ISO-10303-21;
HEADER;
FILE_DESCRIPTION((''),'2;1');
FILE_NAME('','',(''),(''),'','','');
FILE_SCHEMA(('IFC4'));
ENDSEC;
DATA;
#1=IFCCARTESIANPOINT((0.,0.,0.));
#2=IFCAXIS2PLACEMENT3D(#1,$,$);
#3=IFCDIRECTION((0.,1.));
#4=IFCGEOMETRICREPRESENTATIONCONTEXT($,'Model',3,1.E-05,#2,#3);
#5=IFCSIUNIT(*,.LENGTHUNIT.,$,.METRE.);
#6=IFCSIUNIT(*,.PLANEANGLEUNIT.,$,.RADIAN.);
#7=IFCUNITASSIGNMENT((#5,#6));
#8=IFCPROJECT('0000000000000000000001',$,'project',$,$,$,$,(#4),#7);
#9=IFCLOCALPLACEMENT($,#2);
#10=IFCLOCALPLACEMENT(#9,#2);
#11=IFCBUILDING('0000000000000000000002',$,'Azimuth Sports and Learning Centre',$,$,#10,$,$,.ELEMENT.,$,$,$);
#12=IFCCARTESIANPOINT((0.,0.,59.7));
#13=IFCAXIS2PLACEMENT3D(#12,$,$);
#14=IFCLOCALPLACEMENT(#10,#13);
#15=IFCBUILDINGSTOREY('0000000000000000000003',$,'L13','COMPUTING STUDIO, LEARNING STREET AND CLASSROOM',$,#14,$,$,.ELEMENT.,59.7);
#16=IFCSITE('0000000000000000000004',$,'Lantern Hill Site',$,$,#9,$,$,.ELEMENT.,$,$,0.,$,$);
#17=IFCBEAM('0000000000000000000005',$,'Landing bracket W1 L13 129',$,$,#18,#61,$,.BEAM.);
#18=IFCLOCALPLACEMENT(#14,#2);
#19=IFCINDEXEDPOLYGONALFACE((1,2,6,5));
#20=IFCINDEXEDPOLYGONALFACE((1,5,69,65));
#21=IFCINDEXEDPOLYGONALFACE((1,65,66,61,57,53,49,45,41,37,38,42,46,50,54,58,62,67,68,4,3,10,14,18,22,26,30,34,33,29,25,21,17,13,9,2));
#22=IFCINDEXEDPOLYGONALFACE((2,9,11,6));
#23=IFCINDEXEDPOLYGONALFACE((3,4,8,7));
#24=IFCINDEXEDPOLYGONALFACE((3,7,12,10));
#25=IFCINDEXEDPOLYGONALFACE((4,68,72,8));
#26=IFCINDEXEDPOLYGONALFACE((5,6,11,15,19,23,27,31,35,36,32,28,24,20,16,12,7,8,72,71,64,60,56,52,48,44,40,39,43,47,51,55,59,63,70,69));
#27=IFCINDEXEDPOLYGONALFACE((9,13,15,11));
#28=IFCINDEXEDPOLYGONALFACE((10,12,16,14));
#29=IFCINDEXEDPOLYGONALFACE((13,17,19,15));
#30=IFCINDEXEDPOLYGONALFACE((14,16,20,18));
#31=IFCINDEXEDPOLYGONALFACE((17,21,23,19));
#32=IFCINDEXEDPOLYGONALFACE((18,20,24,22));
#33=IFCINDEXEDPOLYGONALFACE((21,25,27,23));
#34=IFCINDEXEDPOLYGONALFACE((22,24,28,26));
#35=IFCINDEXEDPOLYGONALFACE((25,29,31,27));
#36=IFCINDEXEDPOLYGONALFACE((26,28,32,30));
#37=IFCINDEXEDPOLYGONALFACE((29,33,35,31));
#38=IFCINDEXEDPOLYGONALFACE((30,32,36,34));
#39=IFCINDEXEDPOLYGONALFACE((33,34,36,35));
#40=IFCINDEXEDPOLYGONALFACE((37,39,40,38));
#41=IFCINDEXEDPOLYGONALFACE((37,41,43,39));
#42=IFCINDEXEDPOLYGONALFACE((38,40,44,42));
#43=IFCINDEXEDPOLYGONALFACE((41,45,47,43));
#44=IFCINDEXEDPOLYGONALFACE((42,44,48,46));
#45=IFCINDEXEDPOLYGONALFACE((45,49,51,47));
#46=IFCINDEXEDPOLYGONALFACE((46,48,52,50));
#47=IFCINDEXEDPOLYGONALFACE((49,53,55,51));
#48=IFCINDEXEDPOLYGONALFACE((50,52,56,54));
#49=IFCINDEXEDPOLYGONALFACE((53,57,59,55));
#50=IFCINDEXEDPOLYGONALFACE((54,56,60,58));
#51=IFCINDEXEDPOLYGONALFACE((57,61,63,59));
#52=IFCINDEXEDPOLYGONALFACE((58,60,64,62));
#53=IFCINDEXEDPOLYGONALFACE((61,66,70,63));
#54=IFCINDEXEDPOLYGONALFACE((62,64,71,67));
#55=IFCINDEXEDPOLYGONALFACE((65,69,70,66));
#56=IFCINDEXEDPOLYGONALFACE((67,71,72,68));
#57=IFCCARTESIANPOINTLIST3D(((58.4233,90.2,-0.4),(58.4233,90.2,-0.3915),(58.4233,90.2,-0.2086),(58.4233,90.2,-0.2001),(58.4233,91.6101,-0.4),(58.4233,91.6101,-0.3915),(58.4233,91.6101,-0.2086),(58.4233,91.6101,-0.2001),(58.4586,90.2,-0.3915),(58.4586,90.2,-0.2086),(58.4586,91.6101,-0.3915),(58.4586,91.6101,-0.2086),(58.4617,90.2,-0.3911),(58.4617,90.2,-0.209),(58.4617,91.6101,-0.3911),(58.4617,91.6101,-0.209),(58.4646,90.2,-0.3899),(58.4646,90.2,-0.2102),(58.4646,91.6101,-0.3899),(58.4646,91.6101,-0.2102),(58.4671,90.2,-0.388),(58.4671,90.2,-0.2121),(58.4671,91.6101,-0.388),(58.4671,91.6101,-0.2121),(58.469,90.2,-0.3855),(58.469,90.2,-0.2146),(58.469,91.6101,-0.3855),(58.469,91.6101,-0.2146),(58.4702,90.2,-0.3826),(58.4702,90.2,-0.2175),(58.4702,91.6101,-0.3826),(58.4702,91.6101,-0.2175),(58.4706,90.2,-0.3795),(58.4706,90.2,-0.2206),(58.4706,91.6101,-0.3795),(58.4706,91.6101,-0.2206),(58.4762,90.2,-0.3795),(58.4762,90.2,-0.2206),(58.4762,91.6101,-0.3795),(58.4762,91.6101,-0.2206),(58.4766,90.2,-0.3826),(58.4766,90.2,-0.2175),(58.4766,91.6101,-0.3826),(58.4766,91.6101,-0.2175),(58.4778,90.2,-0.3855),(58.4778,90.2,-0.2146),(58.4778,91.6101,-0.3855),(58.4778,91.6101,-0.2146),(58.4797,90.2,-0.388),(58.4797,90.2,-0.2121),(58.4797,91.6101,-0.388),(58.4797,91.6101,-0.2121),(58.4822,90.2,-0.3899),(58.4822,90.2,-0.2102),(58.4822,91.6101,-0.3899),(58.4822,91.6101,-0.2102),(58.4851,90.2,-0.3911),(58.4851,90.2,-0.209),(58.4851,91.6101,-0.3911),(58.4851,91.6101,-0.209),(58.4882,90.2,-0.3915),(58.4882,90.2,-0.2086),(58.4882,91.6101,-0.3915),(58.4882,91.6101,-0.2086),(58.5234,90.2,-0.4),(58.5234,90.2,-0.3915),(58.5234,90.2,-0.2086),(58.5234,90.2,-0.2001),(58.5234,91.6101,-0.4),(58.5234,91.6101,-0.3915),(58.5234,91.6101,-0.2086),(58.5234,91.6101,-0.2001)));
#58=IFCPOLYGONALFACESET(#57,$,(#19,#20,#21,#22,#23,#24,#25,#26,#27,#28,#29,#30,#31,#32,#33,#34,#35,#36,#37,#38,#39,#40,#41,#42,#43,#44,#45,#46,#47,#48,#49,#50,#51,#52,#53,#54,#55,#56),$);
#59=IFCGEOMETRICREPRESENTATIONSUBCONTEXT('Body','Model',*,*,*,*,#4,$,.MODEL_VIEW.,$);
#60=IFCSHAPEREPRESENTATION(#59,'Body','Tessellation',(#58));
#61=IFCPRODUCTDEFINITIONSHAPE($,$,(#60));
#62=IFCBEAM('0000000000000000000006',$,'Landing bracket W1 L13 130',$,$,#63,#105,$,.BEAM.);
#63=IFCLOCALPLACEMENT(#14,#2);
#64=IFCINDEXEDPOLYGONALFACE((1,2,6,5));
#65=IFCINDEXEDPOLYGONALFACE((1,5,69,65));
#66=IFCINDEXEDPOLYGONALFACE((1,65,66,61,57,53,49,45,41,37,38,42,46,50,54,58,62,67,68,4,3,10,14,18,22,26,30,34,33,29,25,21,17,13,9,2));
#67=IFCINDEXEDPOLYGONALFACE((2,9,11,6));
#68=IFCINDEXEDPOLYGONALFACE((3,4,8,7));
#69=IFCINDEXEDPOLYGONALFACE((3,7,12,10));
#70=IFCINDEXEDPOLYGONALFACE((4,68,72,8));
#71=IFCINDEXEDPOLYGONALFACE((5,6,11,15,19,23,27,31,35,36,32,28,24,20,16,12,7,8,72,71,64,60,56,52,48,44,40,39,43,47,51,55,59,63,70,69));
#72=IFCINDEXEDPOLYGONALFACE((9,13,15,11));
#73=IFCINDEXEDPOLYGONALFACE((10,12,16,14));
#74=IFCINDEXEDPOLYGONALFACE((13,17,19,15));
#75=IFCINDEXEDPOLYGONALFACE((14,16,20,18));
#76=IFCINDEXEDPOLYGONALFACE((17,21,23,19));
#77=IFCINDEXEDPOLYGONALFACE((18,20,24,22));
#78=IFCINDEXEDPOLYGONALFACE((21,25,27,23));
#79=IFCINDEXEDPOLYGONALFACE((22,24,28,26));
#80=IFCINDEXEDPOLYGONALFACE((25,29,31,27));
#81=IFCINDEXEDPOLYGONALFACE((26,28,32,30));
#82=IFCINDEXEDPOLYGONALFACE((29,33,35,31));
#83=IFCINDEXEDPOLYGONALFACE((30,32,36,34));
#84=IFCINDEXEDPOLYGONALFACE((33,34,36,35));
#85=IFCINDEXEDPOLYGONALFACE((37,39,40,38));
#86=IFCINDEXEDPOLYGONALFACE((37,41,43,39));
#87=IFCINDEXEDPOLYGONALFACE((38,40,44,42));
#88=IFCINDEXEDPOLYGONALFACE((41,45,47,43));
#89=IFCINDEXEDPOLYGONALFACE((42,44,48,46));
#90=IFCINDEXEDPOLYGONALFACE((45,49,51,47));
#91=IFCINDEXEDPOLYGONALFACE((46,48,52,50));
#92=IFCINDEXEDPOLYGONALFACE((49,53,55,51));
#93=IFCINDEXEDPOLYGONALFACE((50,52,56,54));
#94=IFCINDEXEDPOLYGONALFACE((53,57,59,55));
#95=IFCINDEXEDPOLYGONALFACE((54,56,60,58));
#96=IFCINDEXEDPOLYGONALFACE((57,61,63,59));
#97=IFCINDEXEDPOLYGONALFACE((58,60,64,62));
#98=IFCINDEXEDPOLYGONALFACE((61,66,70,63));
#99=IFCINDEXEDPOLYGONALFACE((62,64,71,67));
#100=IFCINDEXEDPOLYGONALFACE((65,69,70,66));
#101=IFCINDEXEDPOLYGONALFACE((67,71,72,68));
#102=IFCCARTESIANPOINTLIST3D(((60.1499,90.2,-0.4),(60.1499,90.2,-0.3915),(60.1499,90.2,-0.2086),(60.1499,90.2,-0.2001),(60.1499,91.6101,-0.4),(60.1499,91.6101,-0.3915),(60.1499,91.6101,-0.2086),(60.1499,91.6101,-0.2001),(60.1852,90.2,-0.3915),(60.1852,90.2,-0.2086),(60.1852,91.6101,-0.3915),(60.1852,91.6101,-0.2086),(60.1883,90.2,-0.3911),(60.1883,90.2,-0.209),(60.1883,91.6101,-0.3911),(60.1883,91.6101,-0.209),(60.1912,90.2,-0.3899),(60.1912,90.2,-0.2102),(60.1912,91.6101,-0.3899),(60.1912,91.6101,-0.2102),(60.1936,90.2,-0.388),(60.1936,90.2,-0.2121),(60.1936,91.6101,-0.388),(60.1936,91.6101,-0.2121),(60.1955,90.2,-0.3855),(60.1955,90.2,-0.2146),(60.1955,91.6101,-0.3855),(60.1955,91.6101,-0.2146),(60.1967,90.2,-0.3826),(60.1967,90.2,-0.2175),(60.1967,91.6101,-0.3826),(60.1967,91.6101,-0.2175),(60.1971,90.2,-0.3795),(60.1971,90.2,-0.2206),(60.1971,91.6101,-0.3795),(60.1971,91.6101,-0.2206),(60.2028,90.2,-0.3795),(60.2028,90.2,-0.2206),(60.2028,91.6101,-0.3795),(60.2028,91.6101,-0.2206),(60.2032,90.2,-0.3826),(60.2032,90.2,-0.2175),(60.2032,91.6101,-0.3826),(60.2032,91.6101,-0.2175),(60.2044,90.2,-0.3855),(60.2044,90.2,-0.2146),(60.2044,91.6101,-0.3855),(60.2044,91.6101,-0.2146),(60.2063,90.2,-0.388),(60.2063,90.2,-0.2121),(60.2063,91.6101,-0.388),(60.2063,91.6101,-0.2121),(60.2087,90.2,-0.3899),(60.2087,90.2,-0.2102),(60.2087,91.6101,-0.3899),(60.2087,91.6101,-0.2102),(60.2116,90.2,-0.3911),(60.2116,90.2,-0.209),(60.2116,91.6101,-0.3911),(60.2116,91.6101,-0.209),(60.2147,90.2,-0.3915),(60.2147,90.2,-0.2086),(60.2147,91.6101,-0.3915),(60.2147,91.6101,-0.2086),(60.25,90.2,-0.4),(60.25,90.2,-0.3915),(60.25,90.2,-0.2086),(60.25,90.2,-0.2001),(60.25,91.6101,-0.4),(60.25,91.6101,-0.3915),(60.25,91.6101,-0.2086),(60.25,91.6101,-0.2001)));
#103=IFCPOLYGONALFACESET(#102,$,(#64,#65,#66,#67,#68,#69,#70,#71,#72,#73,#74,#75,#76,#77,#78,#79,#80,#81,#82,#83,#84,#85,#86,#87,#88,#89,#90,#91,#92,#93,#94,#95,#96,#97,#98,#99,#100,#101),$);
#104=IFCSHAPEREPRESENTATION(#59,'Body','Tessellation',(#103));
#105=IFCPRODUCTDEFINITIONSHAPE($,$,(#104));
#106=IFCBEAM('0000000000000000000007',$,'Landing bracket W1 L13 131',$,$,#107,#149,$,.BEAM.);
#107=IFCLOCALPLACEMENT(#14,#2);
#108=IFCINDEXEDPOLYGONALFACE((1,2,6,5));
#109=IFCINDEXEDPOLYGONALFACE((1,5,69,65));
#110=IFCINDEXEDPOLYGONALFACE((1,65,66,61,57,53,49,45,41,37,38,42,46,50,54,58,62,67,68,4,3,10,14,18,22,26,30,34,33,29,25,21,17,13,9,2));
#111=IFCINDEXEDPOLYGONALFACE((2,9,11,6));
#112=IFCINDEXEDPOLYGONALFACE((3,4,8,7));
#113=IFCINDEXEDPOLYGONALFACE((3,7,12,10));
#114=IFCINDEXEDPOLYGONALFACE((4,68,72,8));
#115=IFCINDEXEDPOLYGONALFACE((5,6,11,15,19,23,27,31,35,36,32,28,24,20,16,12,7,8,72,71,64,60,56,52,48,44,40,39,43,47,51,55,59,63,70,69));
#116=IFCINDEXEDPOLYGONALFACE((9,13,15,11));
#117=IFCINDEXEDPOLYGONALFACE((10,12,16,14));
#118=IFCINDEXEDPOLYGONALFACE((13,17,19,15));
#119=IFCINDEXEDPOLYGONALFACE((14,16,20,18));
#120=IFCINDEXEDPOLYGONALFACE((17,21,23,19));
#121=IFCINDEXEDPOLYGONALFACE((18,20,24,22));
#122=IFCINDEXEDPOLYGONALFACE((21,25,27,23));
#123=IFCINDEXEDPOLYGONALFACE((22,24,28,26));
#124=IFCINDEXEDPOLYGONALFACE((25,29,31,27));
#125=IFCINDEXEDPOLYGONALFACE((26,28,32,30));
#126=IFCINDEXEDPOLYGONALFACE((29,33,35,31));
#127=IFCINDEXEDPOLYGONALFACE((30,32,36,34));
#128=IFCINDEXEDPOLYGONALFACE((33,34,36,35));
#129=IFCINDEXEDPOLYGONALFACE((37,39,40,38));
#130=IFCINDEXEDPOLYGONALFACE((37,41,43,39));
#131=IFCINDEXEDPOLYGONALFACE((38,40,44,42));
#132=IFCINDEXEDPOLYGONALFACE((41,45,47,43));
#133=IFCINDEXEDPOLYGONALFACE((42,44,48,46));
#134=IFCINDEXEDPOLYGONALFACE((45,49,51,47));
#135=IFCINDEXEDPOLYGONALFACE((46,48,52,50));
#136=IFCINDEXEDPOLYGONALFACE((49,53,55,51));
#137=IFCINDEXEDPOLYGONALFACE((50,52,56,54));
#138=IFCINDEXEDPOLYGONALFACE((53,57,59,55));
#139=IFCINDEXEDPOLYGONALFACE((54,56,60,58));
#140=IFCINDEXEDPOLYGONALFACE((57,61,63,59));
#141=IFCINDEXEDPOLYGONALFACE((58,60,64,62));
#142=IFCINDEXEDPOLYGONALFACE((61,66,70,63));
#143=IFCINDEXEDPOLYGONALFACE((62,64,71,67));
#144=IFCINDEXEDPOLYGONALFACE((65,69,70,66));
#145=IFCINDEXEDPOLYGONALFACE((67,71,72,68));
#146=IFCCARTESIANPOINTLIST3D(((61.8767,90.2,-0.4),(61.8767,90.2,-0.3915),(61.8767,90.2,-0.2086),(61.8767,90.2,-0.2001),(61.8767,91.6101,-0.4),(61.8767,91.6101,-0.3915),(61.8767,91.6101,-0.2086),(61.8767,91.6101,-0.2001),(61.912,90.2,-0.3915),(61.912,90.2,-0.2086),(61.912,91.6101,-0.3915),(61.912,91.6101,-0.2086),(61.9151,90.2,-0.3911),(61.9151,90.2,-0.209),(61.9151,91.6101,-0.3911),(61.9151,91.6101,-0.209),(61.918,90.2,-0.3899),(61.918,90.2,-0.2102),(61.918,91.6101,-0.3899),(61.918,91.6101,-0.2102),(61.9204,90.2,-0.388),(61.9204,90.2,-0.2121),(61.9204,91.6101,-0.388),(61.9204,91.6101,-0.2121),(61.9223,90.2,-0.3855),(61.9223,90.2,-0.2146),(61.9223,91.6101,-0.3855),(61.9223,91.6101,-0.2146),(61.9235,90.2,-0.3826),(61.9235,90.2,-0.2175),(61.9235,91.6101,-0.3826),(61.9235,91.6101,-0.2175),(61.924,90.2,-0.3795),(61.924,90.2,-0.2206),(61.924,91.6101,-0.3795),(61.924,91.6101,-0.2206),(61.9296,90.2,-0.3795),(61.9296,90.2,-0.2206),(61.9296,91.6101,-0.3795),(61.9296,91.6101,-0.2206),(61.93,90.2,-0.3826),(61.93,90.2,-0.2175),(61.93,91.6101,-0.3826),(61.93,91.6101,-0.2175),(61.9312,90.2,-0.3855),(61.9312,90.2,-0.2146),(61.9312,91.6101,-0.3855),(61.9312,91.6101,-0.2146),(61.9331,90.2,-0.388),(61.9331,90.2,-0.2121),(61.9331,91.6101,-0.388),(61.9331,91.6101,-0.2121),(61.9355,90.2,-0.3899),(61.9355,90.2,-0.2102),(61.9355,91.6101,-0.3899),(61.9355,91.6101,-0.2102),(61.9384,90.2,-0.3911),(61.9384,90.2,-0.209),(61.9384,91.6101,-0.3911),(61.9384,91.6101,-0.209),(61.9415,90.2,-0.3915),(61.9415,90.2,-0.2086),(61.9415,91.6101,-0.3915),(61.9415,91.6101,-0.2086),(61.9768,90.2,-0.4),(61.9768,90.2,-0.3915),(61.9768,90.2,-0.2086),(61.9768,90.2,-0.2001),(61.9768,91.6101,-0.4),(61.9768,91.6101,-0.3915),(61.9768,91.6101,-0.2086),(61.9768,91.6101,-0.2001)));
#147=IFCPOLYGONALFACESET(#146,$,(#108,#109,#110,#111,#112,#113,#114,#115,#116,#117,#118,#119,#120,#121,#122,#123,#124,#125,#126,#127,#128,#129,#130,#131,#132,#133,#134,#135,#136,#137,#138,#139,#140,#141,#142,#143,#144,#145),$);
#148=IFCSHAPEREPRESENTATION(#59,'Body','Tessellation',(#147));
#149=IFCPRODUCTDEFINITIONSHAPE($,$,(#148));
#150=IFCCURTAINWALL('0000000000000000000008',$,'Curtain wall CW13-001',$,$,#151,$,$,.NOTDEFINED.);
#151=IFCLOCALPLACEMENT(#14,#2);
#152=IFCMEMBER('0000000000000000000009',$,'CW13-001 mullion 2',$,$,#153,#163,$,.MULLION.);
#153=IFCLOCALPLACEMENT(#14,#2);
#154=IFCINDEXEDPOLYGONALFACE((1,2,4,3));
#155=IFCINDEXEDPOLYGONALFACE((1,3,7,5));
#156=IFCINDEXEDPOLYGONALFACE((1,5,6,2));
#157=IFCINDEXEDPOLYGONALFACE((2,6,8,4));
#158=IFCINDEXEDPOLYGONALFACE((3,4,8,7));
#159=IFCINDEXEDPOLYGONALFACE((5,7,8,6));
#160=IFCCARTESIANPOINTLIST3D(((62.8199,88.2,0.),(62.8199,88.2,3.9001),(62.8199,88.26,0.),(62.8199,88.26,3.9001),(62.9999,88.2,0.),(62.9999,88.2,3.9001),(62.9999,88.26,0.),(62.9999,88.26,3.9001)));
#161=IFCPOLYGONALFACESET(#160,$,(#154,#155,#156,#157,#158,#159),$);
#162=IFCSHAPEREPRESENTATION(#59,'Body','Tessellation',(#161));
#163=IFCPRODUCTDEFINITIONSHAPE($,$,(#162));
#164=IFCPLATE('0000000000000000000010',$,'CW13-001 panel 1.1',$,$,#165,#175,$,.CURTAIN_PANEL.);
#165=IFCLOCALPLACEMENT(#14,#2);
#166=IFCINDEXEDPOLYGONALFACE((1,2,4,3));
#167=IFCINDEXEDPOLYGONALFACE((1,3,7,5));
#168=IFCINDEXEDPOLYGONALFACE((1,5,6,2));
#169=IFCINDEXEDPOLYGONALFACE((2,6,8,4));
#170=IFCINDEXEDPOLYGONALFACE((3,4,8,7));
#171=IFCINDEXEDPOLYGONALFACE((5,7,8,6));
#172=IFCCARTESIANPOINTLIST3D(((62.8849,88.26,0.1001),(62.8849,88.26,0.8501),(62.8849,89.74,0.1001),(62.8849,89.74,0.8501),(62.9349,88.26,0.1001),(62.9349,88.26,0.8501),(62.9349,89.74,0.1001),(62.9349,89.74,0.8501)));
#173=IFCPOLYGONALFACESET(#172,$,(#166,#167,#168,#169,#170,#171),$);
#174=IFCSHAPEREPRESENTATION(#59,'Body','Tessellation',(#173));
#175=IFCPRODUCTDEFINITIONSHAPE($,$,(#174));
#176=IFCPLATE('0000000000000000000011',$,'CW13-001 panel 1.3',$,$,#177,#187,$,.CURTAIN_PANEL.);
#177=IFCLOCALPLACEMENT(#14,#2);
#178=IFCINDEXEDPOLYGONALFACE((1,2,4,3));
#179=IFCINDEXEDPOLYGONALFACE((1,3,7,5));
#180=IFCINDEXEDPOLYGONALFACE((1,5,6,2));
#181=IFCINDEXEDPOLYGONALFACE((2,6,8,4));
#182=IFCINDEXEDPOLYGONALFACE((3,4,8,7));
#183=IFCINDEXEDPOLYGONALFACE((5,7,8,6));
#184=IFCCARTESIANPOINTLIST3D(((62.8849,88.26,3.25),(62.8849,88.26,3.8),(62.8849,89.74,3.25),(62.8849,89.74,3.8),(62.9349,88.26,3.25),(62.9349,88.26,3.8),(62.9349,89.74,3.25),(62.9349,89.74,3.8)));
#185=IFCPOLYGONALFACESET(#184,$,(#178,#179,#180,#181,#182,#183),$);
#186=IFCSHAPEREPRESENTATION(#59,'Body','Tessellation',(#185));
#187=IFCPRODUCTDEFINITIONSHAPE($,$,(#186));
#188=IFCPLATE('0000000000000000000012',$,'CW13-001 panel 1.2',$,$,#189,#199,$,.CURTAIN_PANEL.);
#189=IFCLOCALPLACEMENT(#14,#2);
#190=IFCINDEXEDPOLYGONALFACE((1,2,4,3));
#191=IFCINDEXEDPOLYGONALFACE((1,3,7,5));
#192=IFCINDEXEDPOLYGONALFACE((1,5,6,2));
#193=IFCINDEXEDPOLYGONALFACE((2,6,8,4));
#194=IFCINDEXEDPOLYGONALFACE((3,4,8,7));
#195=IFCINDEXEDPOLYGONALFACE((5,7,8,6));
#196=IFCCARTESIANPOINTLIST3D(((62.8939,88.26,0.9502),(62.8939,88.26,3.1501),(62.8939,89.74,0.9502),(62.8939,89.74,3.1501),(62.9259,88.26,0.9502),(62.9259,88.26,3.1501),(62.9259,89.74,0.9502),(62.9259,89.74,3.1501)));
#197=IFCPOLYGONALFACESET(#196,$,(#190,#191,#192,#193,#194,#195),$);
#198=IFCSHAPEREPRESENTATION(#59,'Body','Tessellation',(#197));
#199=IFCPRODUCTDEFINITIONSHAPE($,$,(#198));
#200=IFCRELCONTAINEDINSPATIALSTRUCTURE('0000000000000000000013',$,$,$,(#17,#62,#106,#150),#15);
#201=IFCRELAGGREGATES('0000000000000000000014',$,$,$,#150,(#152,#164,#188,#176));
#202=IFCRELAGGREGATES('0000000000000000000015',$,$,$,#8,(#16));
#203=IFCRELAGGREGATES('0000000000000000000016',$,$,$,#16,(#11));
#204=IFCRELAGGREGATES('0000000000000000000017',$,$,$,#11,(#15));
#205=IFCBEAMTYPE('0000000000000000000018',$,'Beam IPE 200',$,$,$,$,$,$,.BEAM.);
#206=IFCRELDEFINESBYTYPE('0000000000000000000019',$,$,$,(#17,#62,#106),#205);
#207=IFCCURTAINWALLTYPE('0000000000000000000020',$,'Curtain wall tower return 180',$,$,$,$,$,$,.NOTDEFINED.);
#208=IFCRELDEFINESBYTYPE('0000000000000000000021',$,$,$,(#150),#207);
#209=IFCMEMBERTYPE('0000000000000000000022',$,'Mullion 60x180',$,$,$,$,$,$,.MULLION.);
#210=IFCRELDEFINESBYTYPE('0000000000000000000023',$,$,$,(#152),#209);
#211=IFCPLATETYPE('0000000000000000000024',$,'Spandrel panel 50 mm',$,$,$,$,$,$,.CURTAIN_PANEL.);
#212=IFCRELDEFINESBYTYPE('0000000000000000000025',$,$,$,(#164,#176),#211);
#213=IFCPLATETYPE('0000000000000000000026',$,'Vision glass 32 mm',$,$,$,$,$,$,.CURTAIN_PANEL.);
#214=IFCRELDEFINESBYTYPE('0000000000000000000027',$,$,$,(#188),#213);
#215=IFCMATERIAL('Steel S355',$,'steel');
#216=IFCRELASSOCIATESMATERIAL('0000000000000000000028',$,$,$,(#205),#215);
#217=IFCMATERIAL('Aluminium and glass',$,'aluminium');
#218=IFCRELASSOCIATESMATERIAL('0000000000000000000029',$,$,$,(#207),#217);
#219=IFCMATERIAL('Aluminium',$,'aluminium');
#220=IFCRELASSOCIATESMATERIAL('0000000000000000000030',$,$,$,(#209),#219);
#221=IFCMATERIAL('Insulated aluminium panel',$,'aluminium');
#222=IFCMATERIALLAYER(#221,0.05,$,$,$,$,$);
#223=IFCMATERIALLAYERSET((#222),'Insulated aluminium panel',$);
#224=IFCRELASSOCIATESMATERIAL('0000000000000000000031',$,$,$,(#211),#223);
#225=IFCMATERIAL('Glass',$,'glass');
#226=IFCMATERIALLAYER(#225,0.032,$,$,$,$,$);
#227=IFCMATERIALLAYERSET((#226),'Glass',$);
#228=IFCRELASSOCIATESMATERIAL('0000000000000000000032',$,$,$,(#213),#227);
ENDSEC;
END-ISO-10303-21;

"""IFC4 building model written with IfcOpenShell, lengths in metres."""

from ifc_helpers import new_model, si_unit, direction, frame, origin, origin_2d, place, context, subcontext, project, spatial, rectangle, i_section, extrude, material, layer, layer_set, material_profile, profile_set, type_object, element, aggregate, save


model = new_model("IFC4")

# Units and contexts
model_context = context("Model", 3, precision=1e-05, world=origin(), true_north=direction((0.0, 1.0)))
body_context = subcontext(model_context, "Body", "Model", "MODEL_VIEW")
ifc_project = project(units=[si_unit("LENGTHUNIT", "METRE"), si_unit("PLANEANGLEUNIT", "RADIAN")], contexts=[model_context])

# Site, building, storey
site_placement = place(None, origin())
site = spatial("IfcSite", under=ifc_project, at=site_placement, Name="Lantern Hill Site", CompositionType="ELEMENT", RefElevation=0.0)
building_placement = place(site_placement, origin())
building = spatial("IfcBuilding", under=site, at=building_placement, Name="Azimuth Sports and Learning Centre", CompositionType="ELEMENT")
storey_placement = place(building_placement, frame((0.0, 0.0, 59.7)))
storey = spatial("IfcBuildingStorey", under=building, at=storey_placement, Name="L13", Description="COMPUTING STUDIO, LEARNING STREET AND CLASSROOM", CompositionType="ELEMENT", Elevation=59.7)

# Beams
ifc_material_1 = material(Name="Steel S355", Category="steel")
ifc_material_profile_1 = material_profile(ifc_material_1, i_section(OverallWidth=0.1001, OverallDepth=0.2, WebThickness=0.0056, FlangeThickness=0.0085, FilletRadius=0.012, at=origin_2d()), Name="IPE 200")
ifc_profile_set_1 = profile_set([ifc_material_profile_1], Name="Steel S355")
beam_type = type_object("IfcBeamType", Name="Beam IPE 200", PredefinedType="BEAM", material=ifc_profile_set_1)
for number, where, z_axis, x_axis, name in (
    (1, (58.4734, 90.2, -0.3), (0.0, 1.0, 0.0), (-1.0, 0.0, 0.0), "Landing bracket W1 L13 129"),
    (2, (60.2, 90.2, -0.3), (0.0, 1.0, 0.0), (-1.0, 0.0, 0.0), "Landing bracket W1 L13 130"),
    (3, (61.9268, 90.2, -0.3), (0.0, 1.0, 0.0), (-1.0, 0.0, 0.0), "Landing bracket W1 L13 131"),
):
    element("IfcBeam", number, at=place(storey_placement, frame(where, z_axis=z_axis, x_axis=x_axis)), inside=storey, type_object=beam_type, Name=name, PredefinedType="BEAM", context=body_context, shape_type="SweptSolid", body=[
        extrude(i_section(OverallWidth=0.1001, OverallDepth=0.2, WebThickness=0.0056, FlangeThickness=0.0085, FilletRadius=0.012, at=origin_2d()), origin(), (0.0, 0.0, 1.0), 1.4102),
    ])

# Curtain wall, member, plates
ifc_material_2 = material(Name="Aluminium and glass", Category="aluminium")
curtain_wall_type = type_object("IfcCurtainWallType", Name="Curtain wall tower return 180", PredefinedType="NOTDEFINED", material=ifc_material_2)
curtain_wall_placement = place(storey_placement, origin())
curtain_wall = element("IfcCurtainWall", 4, at=curtain_wall_placement, inside=storey, type_object=curtain_wall_type, Name="Curtain wall CW13-001", PredefinedType="NOTDEFINED")
ifc_material_3 = material(Name="Aluminium", Category="aluminium")
ifc_material_profile_2 = material_profile(ifc_material_3, rectangle(XDim=0.1799, YDim=0.0601, at=origin_2d()), Name="Mullion 60x180")
ifc_profile_set_2 = profile_set([ifc_material_profile_2], Name="Aluminium")
member_type = type_object("IfcMemberType", Name="Mullion 60x180", PredefinedType="MULLION", material=ifc_profile_set_2)
member_placement = place(storey_placement, frame((62.9099, 88.23, 0.0), z_axis=(0.0, 0.0, 1.0), x_axis=(1.0, 0.0, 0.0)))
member = element("IfcMember", 5, at=member_placement, type_object=member_type, Name="CW13-001 mullion 2", PredefinedType="MULLION", context=body_context, shape_type="SweptSolid", body=[
    extrude(rectangle(XDim=0.1799, YDim=0.0601, at=origin_2d()), origin(), (0.0, 0.0, 1.0), 3.9001),
])
ifc_material_4 = material(Name="Insulated aluminium panel", Category="aluminium")
ifc_layer_1 = layer(ifc_material_4, 0.05)
ifc_layer_set_1 = layer_set([ifc_layer_1], Name="Insulated aluminium panel")
plate_type_1 = type_object("IfcPlateType", Name="Spandrel panel 50 mm", PredefinedType="CURTAIN_PANEL", material=ifc_layer_set_1)
plate_1_placement = place(storey_placement, frame((62.9099, 89.0, 0.1001), z_axis=(0.0, 0.0, 1.0), x_axis=(0.0, -1.0, 0.0)))
plate_1 = element("IfcPlate", 6, at=plate_1_placement, type_object=plate_type_1, Name="CW13-001 panel 1.1", PredefinedType="CURTAIN_PANEL", context=body_context, shape_type="SweptSolid", body=[
    extrude(rectangle(XDim=1.48, YDim=0.05, at=origin_2d()), origin(), (0.0, 0.0, 1.0), 0.75),
])
plate_2_placement = place(storey_placement, frame((62.9099, 89.0, 3.25), z_axis=(0.0, 0.0, 1.0), x_axis=(0.0, -1.0, 0.0)))
plate_2 = element("IfcPlate", 7, at=plate_2_placement, type_object=plate_type_1, Name="CW13-001 panel 1.3", PredefinedType="CURTAIN_PANEL", context=body_context, shape_type="SweptSolid", body=[
    extrude(rectangle(XDim=1.48, YDim=0.05, at=origin_2d()), origin(), (0.0, 0.0, 1.0), 0.55),
])
ifc_material_5 = material(Name="Glass", Category="glass")
ifc_layer_2 = layer(ifc_material_5, 0.032)
ifc_layer_set_2 = layer_set([ifc_layer_2], Name="Glass")
plate_type_2 = type_object("IfcPlateType", Name="Vision glass 32 mm", PredefinedType="CURTAIN_PANEL", material=ifc_layer_set_2)
plate_3_placement = place(storey_placement, frame((62.9099, 89.0, 0.9502), z_axis=(0.0, 0.0, 1.0), x_axis=(0.0, -1.0, 0.0)))
plate_3 = element("IfcPlate", 8, at=plate_3_placement, type_object=plate_type_2, Name="CW13-001 panel 1.2", PredefinedType="CURTAIN_PANEL", context=body_context, shape_type="SweptSolid", body=[
    extrude(rectangle(XDim=1.48, YDim=0.032, at=origin_2d()), origin(), (0.0, 0.0, 1.0), 2.2),
])
aggregate(curtain_wall, [member, plate_1, plate_3, plate_2])

save(model, "model.ifc")
